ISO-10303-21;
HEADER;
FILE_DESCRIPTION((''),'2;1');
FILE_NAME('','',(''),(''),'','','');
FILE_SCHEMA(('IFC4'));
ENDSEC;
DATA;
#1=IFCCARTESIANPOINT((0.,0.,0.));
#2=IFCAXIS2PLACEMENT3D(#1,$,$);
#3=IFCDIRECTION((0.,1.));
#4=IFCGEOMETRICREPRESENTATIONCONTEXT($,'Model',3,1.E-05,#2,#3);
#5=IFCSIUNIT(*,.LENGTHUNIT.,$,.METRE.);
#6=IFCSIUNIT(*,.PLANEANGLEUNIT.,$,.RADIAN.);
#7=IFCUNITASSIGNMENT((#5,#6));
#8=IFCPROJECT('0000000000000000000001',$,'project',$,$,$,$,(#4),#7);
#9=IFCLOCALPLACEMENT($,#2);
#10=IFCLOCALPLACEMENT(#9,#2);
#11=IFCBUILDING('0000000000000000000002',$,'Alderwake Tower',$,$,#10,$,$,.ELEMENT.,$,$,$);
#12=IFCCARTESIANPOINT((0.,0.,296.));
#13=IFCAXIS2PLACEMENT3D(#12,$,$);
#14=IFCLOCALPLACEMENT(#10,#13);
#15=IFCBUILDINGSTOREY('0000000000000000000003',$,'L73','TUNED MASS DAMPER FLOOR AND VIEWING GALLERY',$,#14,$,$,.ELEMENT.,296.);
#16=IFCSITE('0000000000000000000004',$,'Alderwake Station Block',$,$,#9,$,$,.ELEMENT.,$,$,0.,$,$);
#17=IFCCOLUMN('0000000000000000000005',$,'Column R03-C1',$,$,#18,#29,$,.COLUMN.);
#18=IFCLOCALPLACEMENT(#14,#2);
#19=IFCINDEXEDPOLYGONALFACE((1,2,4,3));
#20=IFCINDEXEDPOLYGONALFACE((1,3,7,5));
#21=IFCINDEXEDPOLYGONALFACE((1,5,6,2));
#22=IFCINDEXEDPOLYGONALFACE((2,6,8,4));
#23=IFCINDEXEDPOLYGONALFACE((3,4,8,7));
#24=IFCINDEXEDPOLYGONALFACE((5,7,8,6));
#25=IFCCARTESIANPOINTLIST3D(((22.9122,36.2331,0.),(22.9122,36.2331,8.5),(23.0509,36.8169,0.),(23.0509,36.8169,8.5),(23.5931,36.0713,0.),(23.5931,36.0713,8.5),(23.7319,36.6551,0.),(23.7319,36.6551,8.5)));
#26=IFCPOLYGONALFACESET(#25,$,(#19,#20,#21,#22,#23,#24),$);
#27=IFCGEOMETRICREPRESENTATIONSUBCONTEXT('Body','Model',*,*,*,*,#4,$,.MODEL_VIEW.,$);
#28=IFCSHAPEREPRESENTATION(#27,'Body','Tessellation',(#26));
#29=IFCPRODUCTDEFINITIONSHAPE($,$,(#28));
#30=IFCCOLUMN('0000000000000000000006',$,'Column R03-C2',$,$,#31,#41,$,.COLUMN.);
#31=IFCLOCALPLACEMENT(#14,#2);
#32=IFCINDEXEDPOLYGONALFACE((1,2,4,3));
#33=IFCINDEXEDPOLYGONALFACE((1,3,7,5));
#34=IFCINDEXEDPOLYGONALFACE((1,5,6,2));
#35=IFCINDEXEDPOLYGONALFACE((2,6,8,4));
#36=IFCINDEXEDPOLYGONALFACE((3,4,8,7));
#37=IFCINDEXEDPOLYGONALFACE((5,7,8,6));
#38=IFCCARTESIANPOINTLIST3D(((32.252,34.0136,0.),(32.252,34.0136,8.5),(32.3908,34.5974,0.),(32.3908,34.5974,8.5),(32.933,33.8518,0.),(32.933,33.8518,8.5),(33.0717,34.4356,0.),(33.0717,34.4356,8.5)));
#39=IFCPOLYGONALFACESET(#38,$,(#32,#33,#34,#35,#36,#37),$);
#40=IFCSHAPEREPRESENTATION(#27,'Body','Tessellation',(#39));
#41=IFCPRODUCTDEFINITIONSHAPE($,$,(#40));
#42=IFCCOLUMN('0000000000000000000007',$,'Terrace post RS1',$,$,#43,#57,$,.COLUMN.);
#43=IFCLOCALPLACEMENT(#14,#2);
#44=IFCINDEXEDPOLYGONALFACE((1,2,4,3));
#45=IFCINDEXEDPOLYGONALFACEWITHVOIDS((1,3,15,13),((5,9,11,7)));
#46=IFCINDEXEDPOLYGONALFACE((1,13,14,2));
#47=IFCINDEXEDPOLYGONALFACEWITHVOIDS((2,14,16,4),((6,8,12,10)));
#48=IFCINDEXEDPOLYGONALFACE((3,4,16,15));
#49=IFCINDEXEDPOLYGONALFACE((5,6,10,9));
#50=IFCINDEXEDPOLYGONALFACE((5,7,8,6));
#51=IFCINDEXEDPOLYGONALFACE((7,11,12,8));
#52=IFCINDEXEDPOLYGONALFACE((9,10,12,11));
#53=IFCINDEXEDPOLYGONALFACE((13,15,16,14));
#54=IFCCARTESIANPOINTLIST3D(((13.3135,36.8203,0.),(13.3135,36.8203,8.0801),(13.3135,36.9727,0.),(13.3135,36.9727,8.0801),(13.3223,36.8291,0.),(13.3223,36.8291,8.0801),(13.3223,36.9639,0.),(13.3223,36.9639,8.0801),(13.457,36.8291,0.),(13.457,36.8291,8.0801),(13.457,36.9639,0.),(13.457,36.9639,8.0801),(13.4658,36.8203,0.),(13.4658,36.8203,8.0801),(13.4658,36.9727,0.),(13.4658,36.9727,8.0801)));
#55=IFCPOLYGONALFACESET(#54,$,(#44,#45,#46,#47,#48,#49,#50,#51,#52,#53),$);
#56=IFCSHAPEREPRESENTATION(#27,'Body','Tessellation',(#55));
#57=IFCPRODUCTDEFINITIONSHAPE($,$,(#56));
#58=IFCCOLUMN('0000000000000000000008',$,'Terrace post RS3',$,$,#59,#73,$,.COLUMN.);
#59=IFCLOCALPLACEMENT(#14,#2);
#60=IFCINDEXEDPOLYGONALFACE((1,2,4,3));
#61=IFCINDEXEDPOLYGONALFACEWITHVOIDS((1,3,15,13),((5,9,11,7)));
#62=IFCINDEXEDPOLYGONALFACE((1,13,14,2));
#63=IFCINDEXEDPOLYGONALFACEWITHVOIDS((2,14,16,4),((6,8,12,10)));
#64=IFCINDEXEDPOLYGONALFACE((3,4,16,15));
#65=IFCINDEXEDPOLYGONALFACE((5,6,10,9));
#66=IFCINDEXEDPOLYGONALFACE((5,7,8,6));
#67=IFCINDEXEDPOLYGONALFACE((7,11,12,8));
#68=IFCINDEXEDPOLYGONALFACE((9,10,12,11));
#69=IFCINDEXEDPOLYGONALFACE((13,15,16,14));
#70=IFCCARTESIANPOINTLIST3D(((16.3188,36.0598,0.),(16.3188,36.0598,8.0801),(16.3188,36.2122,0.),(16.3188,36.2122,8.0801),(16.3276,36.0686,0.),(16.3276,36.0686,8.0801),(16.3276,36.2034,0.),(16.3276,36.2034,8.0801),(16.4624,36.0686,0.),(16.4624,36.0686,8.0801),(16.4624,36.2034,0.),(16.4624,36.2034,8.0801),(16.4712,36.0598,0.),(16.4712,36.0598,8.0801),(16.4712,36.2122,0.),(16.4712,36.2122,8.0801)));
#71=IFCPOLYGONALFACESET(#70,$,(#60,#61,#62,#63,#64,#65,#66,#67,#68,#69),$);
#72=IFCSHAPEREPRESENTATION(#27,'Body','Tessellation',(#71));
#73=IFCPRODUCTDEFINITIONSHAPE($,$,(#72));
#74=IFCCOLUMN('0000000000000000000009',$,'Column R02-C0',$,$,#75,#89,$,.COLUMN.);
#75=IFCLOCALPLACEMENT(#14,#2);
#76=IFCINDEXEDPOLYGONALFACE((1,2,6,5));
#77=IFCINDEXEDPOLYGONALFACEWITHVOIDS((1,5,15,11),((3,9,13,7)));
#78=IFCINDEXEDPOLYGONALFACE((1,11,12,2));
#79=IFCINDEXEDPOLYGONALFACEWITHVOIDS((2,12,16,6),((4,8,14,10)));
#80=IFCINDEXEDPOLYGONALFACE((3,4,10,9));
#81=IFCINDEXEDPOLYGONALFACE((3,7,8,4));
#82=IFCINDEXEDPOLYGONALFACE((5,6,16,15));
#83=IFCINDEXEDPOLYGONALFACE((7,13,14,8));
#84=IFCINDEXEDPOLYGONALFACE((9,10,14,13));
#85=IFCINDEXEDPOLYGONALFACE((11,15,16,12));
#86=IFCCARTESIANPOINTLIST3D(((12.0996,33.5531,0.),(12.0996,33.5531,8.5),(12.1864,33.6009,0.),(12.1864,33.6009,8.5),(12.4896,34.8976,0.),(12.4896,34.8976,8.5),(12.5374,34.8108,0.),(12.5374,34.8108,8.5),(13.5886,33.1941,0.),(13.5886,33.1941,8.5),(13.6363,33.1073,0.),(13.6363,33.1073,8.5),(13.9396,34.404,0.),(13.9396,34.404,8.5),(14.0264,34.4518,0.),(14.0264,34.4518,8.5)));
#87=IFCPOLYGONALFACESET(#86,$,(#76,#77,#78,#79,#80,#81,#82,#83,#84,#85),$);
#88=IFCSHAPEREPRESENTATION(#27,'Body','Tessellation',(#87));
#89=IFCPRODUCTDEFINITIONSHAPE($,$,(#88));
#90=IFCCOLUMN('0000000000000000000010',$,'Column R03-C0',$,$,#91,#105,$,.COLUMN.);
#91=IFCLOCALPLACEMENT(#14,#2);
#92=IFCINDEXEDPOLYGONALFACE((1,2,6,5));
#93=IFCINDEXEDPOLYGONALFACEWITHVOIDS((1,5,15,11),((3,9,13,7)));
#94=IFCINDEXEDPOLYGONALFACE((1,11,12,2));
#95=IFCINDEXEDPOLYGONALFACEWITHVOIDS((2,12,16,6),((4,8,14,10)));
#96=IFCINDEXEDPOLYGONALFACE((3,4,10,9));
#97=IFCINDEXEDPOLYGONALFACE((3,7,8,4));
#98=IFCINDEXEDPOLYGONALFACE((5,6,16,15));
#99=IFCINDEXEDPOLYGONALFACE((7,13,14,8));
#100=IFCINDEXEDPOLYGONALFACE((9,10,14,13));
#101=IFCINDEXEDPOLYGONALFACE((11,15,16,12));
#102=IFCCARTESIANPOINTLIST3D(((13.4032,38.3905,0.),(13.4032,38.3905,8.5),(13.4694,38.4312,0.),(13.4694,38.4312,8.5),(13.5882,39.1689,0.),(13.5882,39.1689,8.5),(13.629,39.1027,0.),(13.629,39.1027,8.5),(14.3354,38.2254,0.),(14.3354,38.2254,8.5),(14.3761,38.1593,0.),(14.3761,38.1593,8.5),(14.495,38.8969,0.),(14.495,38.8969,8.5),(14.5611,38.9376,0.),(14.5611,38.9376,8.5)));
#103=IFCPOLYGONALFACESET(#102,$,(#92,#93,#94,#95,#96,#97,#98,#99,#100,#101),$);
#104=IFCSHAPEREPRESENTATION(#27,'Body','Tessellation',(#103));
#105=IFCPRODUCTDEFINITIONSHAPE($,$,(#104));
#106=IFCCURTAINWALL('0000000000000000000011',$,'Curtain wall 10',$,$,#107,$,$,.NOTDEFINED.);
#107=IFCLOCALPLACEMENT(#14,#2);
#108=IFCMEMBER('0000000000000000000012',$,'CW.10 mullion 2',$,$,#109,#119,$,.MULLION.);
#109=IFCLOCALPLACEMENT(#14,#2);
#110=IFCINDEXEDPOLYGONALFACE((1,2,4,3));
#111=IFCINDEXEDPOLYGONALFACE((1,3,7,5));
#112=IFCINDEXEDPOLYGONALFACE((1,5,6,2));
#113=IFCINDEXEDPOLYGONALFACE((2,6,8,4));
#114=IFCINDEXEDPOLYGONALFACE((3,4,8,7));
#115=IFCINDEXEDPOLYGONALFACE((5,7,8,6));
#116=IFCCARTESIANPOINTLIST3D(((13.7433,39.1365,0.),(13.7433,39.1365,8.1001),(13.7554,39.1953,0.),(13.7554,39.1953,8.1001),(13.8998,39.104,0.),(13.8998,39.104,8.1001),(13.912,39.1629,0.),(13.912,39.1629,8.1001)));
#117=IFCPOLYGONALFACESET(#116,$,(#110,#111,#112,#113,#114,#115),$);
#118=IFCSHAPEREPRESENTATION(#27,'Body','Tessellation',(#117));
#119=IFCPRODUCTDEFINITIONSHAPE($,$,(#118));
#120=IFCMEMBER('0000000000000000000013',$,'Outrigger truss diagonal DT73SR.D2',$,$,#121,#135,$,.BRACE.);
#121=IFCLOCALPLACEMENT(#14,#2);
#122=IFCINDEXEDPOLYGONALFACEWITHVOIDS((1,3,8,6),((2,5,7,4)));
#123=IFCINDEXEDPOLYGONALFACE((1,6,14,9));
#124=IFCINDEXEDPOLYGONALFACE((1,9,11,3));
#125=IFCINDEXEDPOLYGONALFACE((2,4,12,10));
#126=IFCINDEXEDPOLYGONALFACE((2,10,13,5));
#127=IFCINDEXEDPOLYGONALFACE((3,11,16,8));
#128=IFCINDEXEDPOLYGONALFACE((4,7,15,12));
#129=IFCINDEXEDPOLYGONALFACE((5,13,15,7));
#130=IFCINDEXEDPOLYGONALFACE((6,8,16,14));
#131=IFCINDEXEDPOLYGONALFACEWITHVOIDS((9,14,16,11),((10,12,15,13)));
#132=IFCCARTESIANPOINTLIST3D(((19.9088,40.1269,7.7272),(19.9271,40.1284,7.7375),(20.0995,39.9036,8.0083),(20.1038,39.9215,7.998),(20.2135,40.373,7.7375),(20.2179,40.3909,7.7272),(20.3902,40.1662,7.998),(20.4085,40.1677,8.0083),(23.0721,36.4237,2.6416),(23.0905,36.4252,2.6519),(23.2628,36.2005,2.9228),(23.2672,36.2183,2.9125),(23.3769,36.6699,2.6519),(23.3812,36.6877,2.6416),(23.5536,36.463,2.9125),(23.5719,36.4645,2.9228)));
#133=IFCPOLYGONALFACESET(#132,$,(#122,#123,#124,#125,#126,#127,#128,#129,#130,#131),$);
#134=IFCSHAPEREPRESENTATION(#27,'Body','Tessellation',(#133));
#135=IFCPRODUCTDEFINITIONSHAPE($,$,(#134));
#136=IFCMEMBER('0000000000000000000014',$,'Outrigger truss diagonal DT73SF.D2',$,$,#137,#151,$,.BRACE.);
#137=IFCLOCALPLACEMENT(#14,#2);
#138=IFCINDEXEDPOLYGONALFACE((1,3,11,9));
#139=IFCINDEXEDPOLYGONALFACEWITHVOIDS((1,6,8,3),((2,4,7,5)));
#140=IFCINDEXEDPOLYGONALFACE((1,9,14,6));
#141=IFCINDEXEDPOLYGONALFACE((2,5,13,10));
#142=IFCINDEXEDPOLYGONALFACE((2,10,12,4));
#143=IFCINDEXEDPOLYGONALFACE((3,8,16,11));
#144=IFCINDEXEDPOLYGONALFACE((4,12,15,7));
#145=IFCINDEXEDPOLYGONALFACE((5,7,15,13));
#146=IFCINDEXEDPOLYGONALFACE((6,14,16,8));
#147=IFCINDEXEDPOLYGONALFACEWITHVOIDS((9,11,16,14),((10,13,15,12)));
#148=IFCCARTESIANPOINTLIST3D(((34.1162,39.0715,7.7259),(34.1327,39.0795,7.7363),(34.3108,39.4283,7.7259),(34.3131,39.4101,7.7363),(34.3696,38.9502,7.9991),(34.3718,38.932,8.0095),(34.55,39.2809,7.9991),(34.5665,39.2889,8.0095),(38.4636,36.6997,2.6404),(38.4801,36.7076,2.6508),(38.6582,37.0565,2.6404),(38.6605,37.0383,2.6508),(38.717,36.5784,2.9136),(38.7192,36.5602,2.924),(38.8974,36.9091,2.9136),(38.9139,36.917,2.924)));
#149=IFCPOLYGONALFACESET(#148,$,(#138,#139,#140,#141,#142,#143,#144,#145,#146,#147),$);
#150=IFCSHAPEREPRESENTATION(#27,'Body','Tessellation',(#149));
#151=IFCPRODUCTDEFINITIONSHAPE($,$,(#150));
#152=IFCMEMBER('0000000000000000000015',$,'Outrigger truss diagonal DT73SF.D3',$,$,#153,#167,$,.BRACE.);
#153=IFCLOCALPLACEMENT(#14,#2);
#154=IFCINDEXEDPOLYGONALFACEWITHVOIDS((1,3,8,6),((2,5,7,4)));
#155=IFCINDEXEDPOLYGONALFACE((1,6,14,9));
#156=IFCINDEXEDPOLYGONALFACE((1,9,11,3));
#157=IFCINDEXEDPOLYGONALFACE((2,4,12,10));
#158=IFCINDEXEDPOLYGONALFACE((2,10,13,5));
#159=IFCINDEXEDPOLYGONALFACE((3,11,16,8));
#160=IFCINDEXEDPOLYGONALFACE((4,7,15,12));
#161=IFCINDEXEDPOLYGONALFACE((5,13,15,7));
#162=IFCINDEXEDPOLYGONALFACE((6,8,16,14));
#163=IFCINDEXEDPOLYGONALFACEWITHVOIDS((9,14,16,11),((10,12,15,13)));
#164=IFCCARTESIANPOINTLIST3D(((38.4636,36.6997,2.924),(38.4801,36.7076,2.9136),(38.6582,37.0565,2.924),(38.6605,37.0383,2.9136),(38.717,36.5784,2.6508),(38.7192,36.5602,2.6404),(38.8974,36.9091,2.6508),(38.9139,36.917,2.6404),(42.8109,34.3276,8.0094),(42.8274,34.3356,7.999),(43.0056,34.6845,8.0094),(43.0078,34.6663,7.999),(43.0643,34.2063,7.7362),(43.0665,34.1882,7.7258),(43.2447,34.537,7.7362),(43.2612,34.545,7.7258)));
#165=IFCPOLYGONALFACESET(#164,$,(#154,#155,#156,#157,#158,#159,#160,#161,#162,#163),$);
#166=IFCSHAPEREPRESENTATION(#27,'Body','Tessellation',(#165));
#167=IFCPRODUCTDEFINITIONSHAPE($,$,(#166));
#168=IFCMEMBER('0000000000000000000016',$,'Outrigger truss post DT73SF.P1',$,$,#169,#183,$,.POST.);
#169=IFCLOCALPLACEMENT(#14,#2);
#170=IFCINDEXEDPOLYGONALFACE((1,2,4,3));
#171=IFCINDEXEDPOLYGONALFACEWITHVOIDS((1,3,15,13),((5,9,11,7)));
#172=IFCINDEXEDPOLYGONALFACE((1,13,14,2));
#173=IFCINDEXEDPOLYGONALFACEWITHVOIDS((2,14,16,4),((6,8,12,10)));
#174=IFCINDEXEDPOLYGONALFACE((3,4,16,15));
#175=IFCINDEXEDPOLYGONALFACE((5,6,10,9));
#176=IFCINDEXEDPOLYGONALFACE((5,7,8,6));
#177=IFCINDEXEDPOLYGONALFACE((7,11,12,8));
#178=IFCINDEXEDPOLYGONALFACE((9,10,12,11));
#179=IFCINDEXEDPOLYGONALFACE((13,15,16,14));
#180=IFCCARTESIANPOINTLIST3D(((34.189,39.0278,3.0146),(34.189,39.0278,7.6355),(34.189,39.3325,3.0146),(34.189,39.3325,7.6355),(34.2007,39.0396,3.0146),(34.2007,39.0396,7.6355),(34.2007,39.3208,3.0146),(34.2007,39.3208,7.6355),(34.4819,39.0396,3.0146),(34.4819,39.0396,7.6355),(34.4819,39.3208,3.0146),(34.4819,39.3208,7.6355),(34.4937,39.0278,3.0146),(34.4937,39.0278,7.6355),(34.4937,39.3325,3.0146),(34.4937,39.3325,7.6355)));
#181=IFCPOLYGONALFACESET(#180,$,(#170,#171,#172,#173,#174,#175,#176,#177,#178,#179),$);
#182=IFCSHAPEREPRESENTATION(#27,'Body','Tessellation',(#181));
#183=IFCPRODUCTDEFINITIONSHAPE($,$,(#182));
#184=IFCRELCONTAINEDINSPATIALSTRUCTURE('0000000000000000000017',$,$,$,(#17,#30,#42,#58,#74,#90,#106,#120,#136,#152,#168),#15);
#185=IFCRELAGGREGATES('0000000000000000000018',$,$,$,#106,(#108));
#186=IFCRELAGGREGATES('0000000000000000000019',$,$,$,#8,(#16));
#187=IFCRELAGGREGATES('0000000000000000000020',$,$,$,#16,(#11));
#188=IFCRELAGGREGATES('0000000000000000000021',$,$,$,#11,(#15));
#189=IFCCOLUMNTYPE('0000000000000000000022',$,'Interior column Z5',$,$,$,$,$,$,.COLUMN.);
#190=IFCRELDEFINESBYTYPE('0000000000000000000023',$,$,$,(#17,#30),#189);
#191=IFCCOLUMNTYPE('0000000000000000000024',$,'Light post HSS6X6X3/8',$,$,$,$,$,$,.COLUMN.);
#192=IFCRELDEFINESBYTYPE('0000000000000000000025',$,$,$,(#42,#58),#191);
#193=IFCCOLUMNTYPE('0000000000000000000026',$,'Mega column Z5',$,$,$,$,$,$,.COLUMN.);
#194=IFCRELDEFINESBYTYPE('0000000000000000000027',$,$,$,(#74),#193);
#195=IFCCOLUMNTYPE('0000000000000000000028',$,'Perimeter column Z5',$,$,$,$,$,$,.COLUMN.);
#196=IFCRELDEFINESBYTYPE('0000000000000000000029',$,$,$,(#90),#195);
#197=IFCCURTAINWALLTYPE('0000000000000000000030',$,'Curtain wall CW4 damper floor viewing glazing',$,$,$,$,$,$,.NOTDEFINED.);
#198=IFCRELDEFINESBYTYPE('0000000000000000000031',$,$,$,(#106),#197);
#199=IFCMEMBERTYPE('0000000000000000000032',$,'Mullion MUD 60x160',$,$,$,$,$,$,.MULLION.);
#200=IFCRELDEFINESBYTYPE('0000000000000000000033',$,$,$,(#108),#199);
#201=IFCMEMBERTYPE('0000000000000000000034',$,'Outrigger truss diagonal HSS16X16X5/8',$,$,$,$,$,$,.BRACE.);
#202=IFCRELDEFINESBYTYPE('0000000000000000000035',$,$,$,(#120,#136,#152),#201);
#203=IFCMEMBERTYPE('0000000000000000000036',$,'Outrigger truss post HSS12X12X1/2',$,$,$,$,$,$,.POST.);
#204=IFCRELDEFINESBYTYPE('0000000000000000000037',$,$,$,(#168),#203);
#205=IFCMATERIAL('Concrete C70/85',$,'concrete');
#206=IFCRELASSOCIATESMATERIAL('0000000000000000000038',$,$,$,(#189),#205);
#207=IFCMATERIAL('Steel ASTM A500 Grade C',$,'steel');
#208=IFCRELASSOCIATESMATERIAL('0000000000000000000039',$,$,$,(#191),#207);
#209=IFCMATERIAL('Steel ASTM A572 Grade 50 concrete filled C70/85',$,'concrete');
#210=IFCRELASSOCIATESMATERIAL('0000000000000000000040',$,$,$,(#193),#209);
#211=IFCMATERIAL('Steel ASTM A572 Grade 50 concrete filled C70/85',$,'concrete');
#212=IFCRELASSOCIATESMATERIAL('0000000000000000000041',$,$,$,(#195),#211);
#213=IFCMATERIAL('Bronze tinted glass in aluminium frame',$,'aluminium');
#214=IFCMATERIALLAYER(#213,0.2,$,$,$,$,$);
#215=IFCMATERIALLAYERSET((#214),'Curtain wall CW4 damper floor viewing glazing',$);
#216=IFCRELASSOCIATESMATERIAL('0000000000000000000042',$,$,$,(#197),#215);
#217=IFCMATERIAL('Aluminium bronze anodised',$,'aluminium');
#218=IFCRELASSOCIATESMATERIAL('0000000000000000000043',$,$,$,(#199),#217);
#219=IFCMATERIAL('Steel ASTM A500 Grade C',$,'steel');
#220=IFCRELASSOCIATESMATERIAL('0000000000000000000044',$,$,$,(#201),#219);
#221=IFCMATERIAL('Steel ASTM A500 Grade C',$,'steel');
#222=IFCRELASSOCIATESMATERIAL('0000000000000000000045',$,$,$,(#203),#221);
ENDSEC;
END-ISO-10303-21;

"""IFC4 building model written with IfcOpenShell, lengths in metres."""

from ifc_helpers import new_model, si_unit, direction, frame, origin, origin_2d, place, context, subcontext, project, spatial, rectangle, hollow_rectangle, extrude, material, layer, layer_set, material_profile, profile_set, type_object, element, aggregate, save


model = new_model("IFC4")

# Units and contexts
model_context = context("Model", 3, precision=1e-05, world=origin(), true_north=direction((0.0, 1.0)))
body_context = subcontext(model_context, "Body", "Model", "MODEL_VIEW")
ifc_project = project(units=[si_unit("LENGTHUNIT", "METRE"), si_unit("PLANEANGLEUNIT", "RADIAN")], contexts=[model_context])

# Site, building, storey
site_placement = place(None, origin())
site = spatial("IfcSite", under=ifc_project, at=site_placement, Name="Alderwake Station Block", CompositionType="ELEMENT", RefElevation=0.0)
building_placement = place(site_placement, origin())
building = spatial("IfcBuilding", under=site, at=building_placement, Name="Alderwake Tower", CompositionType="ELEMENT")
storey_placement = place(building_placement, frame((0.0, 0.0, 296.0)))
storey = spatial("IfcBuildingStorey", under=building, at=storey_placement, Name="L73", Description="TUNED MASS DAMPER FLOOR AND VIEWING GALLERY", CompositionType="ELEMENT", Elevation=296.0)

# Columns
ifc_material_1 = material(Name="Concrete C70/85", Category="concrete")
ifc_material_profile_1 = material_profile(ifc_material_1, rectangle(XDim=0.6001, YDim=0.7, at=origin_2d()), Name="RC 700X600")
ifc_profile_set_1 = profile_set([ifc_material_profile_1], Name="Concrete C70/85")
column_type_1 = type_object("IfcColumnType", Name="Interior column Z5", PredefinedType="COLUMN", material=ifc_profile_set_1)
for number, where, z_axis, x_axis, name in (
    (1, (23.322, 36.4441, 0.0), (0.0, 0.0, 1.0), (0.231222, 0.972901, 0.0), "Column R03-C1"),
    (2, (32.6619, 34.2246, 0.0), (0.0, 0.0, 1.0), (0.231222, 0.972901, 0.0), "Column R03-C2"),
):
    element("IfcColumn", number, at=place(storey_placement, frame(where, z_axis=z_axis, x_axis=x_axis)), inside=storey, type_object=column_type_1, Name=name, PredefinedType="COLUMN", context=body_context, shape_type="SweptSolid", body=[
        extrude(rectangle(XDim=0.6001, YDim=0.7, at=origin_2d()), origin(), (0.0, 0.0, 1.0), 8.5),
    ])
ifc_material_2 = material(Name="Steel ASTM A500 Grade C", Category="steel")
ifc_material_profile_2 = material_profile(ifc_material_2, hollow_rectangle(XDim=0.1523, YDim=0.1523, WallThickness=0.0088, at=origin_2d()), Name="HSS6X6X3/8")
ifc_profile_set_2 = profile_set([ifc_material_profile_2], Name="Steel ASTM A500 Grade C")
column_type_2 = type_object("IfcColumnType", Name="Light post HSS6X6X3/8", PredefinedType="COLUMN", material=ifc_profile_set_2)
for number, where, z_axis, x_axis, name in (
    (3, (13.3896, 36.8965, 0.0), (0.0, 0.0, 1.0), (1.0, 0.0, 0.0), "Terrace post RS1"),
    (4, (16.395, 36.136, 0.0), (0.0, 0.0, 1.0), (1.0, 0.0, 0.0), "Terrace post RS3"),
):
    element("IfcColumn", number, at=place(storey_placement, frame(where, z_axis=z_axis, x_axis=x_axis)), inside=storey, type_object=column_type_2, Name=name, PredefinedType="COLUMN", context=body_context, shape_type="SweptSolid", body=[
        extrude(hollow_rectangle(XDim=0.1523, YDim=0.1523, WallThickness=0.0088, at=origin_2d()), origin(), (0.0, 0.0, 1.0), 8.0801),
    ])
ifc_material_3 = material(Name="Steel ASTM A572 Grade 50 concrete filled C70/85", Category="concrete")
ifc_material_profile_3 = material_profile(ifc_material_3, hollow_rectangle(XDim=1.3999, YDim=1.6001, WallThickness=0.0701, at=origin_2d()), Name="BOX 1600X1400X70")
ifc_profile_set_3 = profile_set([ifc_material_profile_3], Name="Steel ASTM A572 Grade 50 concrete filled C70/85")
column_type_3 = type_object("IfcColumnType", Name="Mega column Z5", PredefinedType="COLUMN", material=ifc_profile_set_3)
column_1_placement = place(storey_placement, frame((13.063, 34.0024, 0.0), z_axis=(0.0, 0.0, 1.0), x_axis=(0.278612, 0.960404, 0.0)))
element("IfcColumn", 5, at=column_1_placement, inside=storey, type_object=column_type_3, Name="Column R02-C0", PredefinedType="COLUMN", context=body_context, shape_type="SweptSolid", body=[
    extrude(hollow_rectangle(XDim=1.3999, YDim=1.6001, WallThickness=0.0701, at=origin_2d()), origin(), (0.0, 0.0, 1.0), 8.5),
])
ifc_material_4 = material(Name="Steel ASTM A572 Grade 50 concrete filled C70/85", Category="concrete")
ifc_material_profile_4 = material_profile(ifc_material_4, hollow_rectangle(XDim=0.8, YDim=1.0, WallThickness=0.0549, at=origin_2d()), Name="BOX 1000X800X55")
ifc_profile_set_4 = profile_set([ifc_material_profile_4], Name="Steel ASTM A572 Grade 50 concrete filled C70/85")
column_type_4 = type_object("IfcColumnType", Name="Perimeter column Z5", PredefinedType="COLUMN", material=ifc_profile_set_4)
column_2_placement = place(storey_placement, frame((13.9822, 38.6641, 0.0), z_axis=(0.0, 0.0, 1.0), x_axis=(0.231222, 0.972901, 0.0)))
element("IfcColumn", 6, at=column_2_placement, inside=storey, type_object=column_type_4, Name="Column R03-C0", PredefinedType="COLUMN", context=body_context, shape_type="SweptSolid", body=[
    extrude(hollow_rectangle(XDim=0.8, YDim=1.0, WallThickness=0.0549, at=origin_2d()), origin(), (0.0, 0.0, 1.0), 8.5),
])

# Curtain wall, member
ifc_material_5 = material(Name="Bronze tinted glass in aluminium frame", Category="aluminium")
ifc_layer_1 = layer(ifc_material_5, 0.2)
ifc_layer_set_1 = layer_set([ifc_layer_1], Name="Curtain wall CW4 damper floor viewing glazing")
curtain_wall_type = type_object("IfcCurtainWallType", Name="Curtain wall CW4 damper floor viewing glazing", PredefinedType="NOTDEFINED", material=ifc_layer_set_1)
curtain_wall_placement = place(storey_placement, origin())
curtain_wall = element("IfcCurtainWall", 7, at=curtain_wall_placement, inside=storey, type_object=curtain_wall_type, Name="Curtain wall 10", PredefinedType="NOTDEFINED")
ifc_material_6 = material(Name="Aluminium bronze anodised", Category="aluminium")
ifc_material_profile_5 = material_profile(ifc_material_6, rectangle(XDim=0.1599, YDim=0.0601, at=origin_2d()), Name="Mullion MUD 60x160")
ifc_profile_set_5 = profile_set([ifc_material_profile_5], Name="Aluminium bronze anodised")
member_type_1 = type_object("IfcMemberType", Name="Mullion MUD 60x160", PredefinedType="MULLION", material=ifc_profile_set_5)
member_1_placement = place(storey_placement, frame((13.8276, 39.1497, 0.0), z_axis=(0.0, 0.0, 1.0), x_axis=(0.979229, -0.202758, 0.0)))
member_1 = element("IfcMember", 8, at=member_1_placement, type_object=member_type_1, Name="CW.10 mullion 2", PredefinedType="MULLION", context=body_context, shape_type="SweptSolid", body=[
    extrude(rectangle(XDim=0.1599, YDim=0.0601, at=origin_2d()), origin(), (0.0, 0.0, 1.0), 8.1001),
])
aggregate(curtain_wall, [member_1])

# Members
ifc_material_7 = material(Name="Steel ASTM A500 Grade C", Category="steel")
ifc_material_profile_6 = material_profile(ifc_material_7, hollow_rectangle(XDim=0.4065, YDim=0.4065, WallThickness=0.0149, at=origin_2d()), Name="HSS16X16X5/8")
ifc_profile_set_6 = profile_set([ifc_material_profile_6], Name="Steel ASTM A500 Grade C")
member_type_2 = type_object("IfcMemberType", Name="Outrigger truss diagonal HSS16X16X5/8", PredefinedType="BRACE", material=ifc_profile_set_6)
member_2_placement = place(storey_placement, frame((23.322, 36.4441, 2.7822), z_axis=(-0.449246, 0.525906, 0.722219), x_axis=(-0.760349, -0.649515, 0.0)))
element("IfcMember", 9, at=member_2_placement, inside=storey, type_object=member_type_2, Name="Outrigger truss diagonal DT73SR.D2", PredefinedType="BRACE", context=body_context, shape_type="SweptSolid", body=[
    extrude(hollow_rectangle(XDim=0.4065, YDim=0.4065, WallThickness=0.0149, at=origin_2d()), origin(), (0.0, 0.0, 1.0), 7.0415),
])
for number, where, z_axis, x_axis, name in (
    (10, (38.6887, 36.8083, 2.7822), (-0.612449, 0.334135, 0.716421), (-0.478932, -0.877852, 0.0), "Outrigger truss diagonal DT73SF.D2"),
    (11, (38.6887, 36.8083, 2.7822), (0.612442, -0.334166, 0.716413), (0.47897, 0.877832, 0.0), "Outrigger truss diagonal DT73SF.D3"),
):
    element("IfcMember", number, at=place(storey_placement, frame(where, z_axis=z_axis, x_axis=x_axis)), inside=storey, type_object=member_type_2, Name=name, PredefinedType="BRACE", context=body_context, shape_type="SweptSolid", body=[
        extrude(hollow_rectangle(XDim=0.4065, YDim=0.4065, WallThickness=0.0149, at=origin_2d()), origin(), (0.0, 0.0, 1.0), 7.0984),
    ])
ifc_material_8 = material(Name="Steel ASTM A500 Grade C", Category="steel")
ifc_material_profile_7 = material_profile(ifc_material_8, hollow_rectangle(XDim=0.3047, YDim=0.3047, WallThickness=0.0117, at=origin_2d()), Name="HSS12X12X1/2")
ifc_profile_set_7 = profile_set([ifc_material_profile_7], Name="Steel ASTM A500 Grade C")
member_type_3 = type_object("IfcMemberType", Name="Outrigger truss post HSS12X12X1/2", PredefinedType="POST", material=ifc_profile_set_7)
for number, where, z_axis, x_axis, name in (
    (12, (34.3413, 39.1802, 3.0146), (0.0, 0.0, 1.0), (1.0, 0.0, 0.0), "Outrigger truss post DT73SF.P1"),
):
    element("IfcMember", number, at=place(storey_placement, frame(where, z_axis=z_axis, x_axis=x_axis)), inside=storey, type_object=member_type_3, Name=name, PredefinedType="POST", context=body_context, shape_type="SweptSolid", body=[
        extrude(hollow_rectangle(XDim=0.3047, YDim=0.3047, WallThickness=0.0117, at=origin_2d()), origin(), (0.0, 0.0, 1.0), 4.6208),
    ])

save(model, "model.ifc")
